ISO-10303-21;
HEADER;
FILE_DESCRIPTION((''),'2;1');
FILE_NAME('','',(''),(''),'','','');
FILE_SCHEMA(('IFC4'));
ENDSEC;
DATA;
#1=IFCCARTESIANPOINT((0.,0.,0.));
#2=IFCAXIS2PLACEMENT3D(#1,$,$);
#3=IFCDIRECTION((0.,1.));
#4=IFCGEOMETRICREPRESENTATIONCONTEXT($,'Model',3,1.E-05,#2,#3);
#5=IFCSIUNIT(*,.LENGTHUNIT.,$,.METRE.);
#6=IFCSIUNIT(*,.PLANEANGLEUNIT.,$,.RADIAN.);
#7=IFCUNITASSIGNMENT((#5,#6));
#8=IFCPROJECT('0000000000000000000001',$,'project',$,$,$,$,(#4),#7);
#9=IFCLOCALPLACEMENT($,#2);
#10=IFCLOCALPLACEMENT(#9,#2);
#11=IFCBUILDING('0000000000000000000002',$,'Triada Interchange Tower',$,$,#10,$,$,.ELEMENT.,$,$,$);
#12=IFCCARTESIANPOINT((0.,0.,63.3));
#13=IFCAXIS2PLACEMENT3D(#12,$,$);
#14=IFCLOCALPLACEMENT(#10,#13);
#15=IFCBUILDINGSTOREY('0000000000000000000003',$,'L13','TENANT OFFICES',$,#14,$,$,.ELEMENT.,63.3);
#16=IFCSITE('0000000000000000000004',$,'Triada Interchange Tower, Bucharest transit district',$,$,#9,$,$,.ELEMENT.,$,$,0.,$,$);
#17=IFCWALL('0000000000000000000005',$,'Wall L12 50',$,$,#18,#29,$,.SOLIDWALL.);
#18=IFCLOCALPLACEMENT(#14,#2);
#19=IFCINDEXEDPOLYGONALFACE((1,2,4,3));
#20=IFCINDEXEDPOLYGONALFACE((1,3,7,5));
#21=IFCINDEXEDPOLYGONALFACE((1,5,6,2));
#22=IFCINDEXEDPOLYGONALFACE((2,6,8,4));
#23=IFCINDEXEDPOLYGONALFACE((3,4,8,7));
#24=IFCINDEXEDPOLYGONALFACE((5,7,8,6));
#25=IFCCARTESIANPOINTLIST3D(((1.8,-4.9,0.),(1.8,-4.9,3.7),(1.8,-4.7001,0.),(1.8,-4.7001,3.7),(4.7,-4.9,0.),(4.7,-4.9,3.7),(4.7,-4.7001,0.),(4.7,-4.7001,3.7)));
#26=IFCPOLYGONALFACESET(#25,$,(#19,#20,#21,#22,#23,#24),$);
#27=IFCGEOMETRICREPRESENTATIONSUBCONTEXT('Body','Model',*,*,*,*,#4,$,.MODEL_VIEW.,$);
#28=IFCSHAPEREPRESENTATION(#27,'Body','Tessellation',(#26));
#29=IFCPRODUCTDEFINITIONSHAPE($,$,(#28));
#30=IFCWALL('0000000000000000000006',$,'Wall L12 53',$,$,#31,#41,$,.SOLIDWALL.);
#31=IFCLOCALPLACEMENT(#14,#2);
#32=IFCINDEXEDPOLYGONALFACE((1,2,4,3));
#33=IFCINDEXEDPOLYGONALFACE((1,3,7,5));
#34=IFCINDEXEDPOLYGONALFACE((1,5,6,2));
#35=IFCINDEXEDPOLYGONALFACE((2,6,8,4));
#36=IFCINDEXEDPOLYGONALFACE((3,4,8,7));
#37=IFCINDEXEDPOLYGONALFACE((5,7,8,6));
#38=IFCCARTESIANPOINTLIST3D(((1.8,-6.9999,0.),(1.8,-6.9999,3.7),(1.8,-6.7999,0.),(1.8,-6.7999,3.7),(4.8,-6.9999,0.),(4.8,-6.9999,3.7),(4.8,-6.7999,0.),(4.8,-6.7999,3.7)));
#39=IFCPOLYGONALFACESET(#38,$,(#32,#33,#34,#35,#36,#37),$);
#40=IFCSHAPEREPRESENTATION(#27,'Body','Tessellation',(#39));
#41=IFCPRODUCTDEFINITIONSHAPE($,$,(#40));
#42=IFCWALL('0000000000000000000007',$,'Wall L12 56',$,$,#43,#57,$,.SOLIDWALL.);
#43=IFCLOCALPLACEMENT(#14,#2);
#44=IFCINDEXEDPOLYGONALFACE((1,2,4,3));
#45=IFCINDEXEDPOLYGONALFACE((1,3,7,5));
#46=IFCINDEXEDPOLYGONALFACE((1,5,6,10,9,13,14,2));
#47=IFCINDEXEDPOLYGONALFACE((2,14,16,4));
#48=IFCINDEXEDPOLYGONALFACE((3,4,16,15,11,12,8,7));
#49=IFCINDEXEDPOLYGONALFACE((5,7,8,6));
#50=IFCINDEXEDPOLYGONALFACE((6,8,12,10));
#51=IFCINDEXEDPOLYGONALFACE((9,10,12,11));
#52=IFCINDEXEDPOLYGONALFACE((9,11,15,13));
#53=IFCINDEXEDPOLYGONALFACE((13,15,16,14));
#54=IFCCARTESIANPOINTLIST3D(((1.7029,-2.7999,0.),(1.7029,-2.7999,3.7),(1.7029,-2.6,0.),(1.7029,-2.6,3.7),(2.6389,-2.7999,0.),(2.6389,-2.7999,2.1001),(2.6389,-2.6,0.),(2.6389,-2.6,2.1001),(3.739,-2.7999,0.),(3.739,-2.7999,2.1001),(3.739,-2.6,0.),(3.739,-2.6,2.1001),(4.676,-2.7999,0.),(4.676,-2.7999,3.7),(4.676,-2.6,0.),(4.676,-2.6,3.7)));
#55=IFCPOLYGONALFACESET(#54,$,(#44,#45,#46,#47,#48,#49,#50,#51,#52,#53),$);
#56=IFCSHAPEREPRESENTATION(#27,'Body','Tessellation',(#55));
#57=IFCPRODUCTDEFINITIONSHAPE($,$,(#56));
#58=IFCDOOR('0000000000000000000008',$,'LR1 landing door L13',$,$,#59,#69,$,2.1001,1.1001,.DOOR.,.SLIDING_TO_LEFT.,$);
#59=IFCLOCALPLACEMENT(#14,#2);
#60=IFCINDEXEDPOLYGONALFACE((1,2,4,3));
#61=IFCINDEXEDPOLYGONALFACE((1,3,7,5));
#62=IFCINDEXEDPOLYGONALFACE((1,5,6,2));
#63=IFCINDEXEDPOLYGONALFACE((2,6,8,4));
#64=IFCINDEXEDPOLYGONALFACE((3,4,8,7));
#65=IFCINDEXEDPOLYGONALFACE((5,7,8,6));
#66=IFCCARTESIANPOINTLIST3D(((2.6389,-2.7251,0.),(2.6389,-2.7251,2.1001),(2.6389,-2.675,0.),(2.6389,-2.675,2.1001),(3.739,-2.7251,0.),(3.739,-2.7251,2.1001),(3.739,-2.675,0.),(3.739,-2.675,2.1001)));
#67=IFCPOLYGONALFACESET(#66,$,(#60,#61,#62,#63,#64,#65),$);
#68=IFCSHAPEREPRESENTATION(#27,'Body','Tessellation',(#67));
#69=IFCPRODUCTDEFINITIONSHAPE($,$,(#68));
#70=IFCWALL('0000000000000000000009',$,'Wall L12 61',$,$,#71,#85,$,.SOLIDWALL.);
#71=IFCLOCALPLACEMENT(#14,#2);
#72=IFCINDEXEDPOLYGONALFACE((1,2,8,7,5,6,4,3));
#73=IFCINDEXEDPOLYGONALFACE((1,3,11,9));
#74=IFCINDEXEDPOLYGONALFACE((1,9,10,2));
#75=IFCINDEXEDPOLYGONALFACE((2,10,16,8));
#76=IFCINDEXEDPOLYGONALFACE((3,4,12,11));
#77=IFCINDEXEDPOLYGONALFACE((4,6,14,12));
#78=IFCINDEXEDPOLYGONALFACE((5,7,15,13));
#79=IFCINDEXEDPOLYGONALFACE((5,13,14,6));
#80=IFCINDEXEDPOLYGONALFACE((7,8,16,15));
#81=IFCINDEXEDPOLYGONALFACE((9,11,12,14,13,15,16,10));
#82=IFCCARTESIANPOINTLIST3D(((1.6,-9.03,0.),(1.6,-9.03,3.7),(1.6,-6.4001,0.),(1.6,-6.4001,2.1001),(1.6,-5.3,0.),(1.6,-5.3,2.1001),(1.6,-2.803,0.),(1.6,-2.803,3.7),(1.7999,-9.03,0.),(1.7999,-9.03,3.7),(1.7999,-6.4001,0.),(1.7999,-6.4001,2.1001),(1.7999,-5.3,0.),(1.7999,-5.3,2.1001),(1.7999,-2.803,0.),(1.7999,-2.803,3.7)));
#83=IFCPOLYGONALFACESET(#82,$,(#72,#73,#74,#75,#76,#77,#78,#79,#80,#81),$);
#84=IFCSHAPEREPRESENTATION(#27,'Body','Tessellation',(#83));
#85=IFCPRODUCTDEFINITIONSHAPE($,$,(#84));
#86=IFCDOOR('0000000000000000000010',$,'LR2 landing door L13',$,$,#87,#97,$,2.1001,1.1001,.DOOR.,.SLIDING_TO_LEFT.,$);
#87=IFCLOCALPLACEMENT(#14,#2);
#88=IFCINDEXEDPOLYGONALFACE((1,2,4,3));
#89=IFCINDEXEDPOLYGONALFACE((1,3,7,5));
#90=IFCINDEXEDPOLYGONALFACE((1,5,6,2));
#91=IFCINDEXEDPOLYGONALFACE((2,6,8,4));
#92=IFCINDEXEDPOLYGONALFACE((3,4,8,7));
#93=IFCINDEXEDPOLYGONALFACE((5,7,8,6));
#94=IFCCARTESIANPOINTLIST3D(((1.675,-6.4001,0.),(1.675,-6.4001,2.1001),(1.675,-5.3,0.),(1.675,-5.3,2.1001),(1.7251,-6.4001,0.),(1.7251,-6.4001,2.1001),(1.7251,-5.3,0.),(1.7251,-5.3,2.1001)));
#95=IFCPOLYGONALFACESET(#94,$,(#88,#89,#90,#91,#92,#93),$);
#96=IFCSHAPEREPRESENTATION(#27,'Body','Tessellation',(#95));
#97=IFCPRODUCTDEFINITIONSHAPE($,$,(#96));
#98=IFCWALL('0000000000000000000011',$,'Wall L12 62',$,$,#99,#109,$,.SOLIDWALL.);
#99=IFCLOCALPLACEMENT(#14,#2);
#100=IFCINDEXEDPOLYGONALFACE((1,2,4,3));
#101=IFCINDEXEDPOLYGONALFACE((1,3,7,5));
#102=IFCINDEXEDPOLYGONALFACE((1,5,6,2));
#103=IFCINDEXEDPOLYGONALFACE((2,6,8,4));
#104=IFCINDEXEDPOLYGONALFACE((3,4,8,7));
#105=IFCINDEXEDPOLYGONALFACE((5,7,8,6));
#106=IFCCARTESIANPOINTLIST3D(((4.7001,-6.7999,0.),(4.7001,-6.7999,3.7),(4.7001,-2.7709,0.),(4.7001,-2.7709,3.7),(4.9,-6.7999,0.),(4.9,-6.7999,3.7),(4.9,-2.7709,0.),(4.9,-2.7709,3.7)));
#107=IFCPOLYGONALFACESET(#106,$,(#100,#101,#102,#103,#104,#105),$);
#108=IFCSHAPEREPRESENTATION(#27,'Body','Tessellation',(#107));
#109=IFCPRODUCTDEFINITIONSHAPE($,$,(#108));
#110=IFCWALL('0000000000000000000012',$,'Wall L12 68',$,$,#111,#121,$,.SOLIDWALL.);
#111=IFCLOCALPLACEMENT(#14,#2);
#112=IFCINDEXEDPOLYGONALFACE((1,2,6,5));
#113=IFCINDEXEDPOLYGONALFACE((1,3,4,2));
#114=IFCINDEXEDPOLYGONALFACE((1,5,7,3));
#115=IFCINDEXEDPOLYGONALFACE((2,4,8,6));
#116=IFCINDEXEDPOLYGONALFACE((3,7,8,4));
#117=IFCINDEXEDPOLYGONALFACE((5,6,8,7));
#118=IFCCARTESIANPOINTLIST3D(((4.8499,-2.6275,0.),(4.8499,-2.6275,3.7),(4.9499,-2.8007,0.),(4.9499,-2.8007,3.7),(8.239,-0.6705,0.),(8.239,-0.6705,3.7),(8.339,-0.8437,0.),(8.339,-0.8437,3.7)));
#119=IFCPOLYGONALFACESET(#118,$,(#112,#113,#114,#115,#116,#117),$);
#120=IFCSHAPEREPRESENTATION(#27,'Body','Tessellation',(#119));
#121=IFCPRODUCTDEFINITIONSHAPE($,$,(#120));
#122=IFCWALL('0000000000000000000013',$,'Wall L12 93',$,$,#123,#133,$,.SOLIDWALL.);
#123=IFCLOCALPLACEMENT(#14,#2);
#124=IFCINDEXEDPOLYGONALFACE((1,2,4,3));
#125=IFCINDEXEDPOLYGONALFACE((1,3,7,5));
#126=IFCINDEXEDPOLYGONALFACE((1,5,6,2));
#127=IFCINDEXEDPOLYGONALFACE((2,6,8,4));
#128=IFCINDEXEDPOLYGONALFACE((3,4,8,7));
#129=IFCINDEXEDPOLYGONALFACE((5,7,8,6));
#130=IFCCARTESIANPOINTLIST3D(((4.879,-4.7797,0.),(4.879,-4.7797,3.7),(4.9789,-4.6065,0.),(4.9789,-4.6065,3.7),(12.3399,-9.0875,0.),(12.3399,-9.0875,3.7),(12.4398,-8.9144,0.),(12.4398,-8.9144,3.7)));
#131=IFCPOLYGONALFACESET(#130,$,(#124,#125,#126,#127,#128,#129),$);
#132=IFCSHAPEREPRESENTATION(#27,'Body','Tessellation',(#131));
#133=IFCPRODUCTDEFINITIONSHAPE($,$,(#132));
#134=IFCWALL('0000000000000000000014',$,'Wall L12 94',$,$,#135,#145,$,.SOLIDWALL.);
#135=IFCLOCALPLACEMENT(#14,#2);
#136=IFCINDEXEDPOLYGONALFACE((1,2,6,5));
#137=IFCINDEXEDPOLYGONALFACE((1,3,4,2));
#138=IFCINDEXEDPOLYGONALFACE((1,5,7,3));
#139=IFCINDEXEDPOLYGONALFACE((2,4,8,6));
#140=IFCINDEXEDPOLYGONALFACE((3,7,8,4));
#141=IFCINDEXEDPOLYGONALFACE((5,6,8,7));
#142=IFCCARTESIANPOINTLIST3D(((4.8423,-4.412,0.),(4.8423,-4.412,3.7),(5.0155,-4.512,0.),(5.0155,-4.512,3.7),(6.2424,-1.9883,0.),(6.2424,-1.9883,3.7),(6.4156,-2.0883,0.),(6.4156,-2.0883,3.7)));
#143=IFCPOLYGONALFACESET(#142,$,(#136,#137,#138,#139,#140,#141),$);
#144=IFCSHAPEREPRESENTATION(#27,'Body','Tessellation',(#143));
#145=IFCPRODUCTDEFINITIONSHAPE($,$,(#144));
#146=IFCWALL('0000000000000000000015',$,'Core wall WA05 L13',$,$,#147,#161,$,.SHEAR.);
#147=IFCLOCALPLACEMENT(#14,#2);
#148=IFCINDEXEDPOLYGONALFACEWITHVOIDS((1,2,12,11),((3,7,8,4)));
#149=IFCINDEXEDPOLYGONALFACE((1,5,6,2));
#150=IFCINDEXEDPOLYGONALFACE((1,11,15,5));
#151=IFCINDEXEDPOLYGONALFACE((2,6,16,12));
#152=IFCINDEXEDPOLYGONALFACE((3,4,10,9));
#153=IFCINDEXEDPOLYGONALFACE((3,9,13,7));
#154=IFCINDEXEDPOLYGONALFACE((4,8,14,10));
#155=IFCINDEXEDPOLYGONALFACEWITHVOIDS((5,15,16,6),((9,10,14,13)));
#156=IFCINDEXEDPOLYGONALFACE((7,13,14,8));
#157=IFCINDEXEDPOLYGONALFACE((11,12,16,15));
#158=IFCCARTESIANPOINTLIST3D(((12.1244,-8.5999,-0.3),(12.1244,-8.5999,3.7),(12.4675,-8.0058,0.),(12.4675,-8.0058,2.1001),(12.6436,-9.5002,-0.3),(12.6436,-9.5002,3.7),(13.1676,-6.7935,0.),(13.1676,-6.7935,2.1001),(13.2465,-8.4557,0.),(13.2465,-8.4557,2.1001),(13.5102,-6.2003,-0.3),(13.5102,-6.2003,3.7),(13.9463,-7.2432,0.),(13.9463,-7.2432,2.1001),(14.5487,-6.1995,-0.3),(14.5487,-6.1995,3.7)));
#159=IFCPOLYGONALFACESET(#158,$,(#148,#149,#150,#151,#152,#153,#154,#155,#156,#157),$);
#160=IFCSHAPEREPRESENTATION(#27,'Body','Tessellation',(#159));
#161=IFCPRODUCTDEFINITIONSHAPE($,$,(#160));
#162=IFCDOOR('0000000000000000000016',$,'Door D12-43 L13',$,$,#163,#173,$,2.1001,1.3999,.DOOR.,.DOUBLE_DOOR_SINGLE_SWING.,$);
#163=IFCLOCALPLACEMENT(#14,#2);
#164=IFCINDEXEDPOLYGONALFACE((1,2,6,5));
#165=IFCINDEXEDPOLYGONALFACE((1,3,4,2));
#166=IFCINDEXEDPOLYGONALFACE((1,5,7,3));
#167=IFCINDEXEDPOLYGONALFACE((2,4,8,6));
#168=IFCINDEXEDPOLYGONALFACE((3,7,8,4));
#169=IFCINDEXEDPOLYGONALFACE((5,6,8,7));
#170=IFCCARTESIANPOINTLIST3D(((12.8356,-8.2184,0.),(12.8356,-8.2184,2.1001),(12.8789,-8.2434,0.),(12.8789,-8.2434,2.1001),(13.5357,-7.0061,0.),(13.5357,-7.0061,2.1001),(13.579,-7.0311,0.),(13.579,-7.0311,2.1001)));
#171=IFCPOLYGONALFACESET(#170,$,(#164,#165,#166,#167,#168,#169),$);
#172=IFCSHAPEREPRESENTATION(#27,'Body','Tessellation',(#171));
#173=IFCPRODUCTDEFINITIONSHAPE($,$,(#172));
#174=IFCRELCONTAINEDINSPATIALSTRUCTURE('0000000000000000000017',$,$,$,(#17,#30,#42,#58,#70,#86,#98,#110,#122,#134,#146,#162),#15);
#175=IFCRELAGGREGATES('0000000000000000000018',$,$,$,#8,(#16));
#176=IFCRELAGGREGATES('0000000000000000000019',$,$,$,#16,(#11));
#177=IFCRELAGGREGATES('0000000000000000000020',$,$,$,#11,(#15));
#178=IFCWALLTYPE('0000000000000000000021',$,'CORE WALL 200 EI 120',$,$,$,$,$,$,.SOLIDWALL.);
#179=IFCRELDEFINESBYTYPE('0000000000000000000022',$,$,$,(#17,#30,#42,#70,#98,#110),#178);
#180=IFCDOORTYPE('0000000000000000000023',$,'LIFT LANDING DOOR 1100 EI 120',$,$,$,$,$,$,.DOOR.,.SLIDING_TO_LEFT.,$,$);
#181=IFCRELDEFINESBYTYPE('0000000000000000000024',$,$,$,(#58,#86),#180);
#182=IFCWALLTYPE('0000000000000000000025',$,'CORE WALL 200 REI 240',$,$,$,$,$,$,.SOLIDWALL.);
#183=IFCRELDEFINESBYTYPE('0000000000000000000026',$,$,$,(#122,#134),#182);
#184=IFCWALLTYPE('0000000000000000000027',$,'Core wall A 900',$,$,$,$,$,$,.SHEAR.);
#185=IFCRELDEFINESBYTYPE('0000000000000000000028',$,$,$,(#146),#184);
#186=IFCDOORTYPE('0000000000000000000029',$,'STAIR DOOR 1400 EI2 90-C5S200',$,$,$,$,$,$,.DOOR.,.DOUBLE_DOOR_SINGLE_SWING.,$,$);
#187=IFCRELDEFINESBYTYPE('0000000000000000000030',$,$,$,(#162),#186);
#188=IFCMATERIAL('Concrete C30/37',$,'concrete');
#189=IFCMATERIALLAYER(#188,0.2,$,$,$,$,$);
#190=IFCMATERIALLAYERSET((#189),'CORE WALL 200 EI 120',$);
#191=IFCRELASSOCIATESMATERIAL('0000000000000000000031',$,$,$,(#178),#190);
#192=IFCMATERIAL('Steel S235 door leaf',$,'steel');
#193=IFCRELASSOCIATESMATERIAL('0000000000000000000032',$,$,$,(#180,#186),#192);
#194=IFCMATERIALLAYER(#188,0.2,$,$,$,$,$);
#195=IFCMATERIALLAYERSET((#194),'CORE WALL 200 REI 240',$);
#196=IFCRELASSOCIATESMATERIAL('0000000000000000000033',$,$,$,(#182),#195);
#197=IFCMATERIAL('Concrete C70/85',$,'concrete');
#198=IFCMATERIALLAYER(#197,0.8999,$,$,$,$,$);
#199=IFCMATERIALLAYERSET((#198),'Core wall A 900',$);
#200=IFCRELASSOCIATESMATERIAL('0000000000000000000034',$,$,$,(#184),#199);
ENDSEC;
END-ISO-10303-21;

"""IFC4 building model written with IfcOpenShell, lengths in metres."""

from ifc_helpers import new_model, si_unit, direction, frame, frame_2d, origin, place, context, subcontext, project, spatial, polyline, rectangle, outline, extrude, material, layer, layer_set, type_object, element, fill, save


model = new_model("IFC4")

# Units and contexts
model_context = context("Model", 3, precision=1e-05, world=origin(), true_north=direction((0.0, 1.0)))
body_context = subcontext(model_context, "Body", "Model", "MODEL_VIEW")
ifc_project = project(units=[si_unit("LENGTHUNIT", "METRE"), si_unit("PLANEANGLEUNIT", "RADIAN")], contexts=[model_context])

# Site, building, storey
site_placement = place(None, origin())
site = spatial("IfcSite", under=ifc_project, at=site_placement, Name="Triada Interchange Tower, Bucharest transit district", CompositionType="ELEMENT", RefElevation=0.0)
building_placement = place(site_placement, origin())
building = spatial("IfcBuilding", under=site, at=building_placement, Name="Triada Interchange Tower", CompositionType="ELEMENT")
storey_placement = place(building_placement, frame((0.0, 0.0, 63.3)))
storey = spatial("IfcBuildingStorey", under=building, at=storey_placement, Name="L13", Description="TENANT OFFICES", CompositionType="ELEMENT", Elevation=63.3)

# Walls
ifc_material_1 = material(Name="Concrete C30/37", Category="concrete")
ifc_layer_1 = layer(ifc_material_1, 0.2)
ifc_layer_set_1 = layer_set([ifc_layer_1], Name="CORE WALL 200 EI 120")
wall_type_1 = type_object("IfcWallType", Name="CORE WALL 200 EI 120", PredefinedType="SOLIDWALL", material=ifc_layer_set_1)
wall_1_placement = place(storey_placement, frame((1.8, -4.8, 0.0), z_axis=(0.0, 0.0, 1.0), x_axis=(1.0, 0.0, 0.0)))
element("IfcWall", 1, at=wall_1_placement, inside=storey, type_object=wall_type_1, Name="Wall L12 50", PredefinedType="SOLIDWALL", context=body_context, shape_type="SweptSolid", body=[
    extrude(rectangle(XDim=2.8999, YDim=0.2, at=frame_2d((1.45, 0.0))), origin(), (0.0, 0.0, 1.0), 3.7),
])
wall_2_placement = place(storey_placement, frame((1.8, -6.8999, 0.0), z_axis=(0.0, 0.0, 1.0), x_axis=(1.0, 0.0, 0.0)))
element("IfcWall", 2, at=wall_2_placement, inside=storey, type_object=wall_type_1, Name="Wall L12 53", PredefinedType="SOLIDWALL", context=body_context, shape_type="SweptSolid", body=[
    extrude(rectangle(XDim=3.0, YDim=0.2, at=frame_2d((1.5, 0.0))), origin(), (0.0, 0.0, 1.0), 3.7),
])

# Walls, openings, doors
wall_3_placement = place(storey_placement, frame((1.7029, -2.7, 0.0), z_axis=(0.0, 0.0, 1.0), x_axis=(1.0, 0.0, 0.0)))
wall_3 = element("IfcWall", 3, at=wall_3_placement, inside=storey, type_object=wall_type_1, Name="Wall L12 56", PredefinedType="SOLIDWALL", context=body_context, shape_type="SweptSolid", body=[
    extrude(rectangle(XDim=2.9731, YDim=0.2, at=frame_2d((1.4866, 0.0))), origin(), (0.0, 0.0, 1.0), 3.7),
])
opening_1_placement = place(wall_3_placement, frame((0.936, 0.0, 0.0)))
opening_1 = element("IfcOpeningElement", 4, at=opening_1_placement, cuts=wall_3, PredefinedType="OPENING", context=body_context, shape_type="SweptSolid", body=[
    extrude(rectangle(XDim=1.1001, YDim=2.1001, at=frame_2d((0.55, 1.05))), frame((0.0, 0.1099, 0.0), z_axis=(0.0, -1.0, 0.0), x_axis=(1.0, 0.0, 0.0)), (0.0, 0.0, 1.0), 0.22),
])
ifc_material_2 = material(Name="Steel S235 door leaf", Category="steel")
door_type_1 = type_object("IfcDoorType", Name="LIFT LANDING DOOR 1100 EI 120", OperationType="SLIDING_TO_LEFT", PredefinedType="DOOR", material=ifc_material_2)
door_1_placement = place(opening_1_placement, origin())
door_1 = element("IfcDoor", 5, at=door_1_placement, inside=storey, type_object=door_type_1, Name="LR1 landing door L13", OperationType="SLIDING_TO_LEFT", OverallHeight=2.1001, OverallWidth=1.1001, PredefinedType="DOOR", context=body_context, shape_type="SweptSolid", body=[
    extrude(rectangle(XDim=1.1001, YDim=2.1001, at=frame_2d((0.55, 1.05))), frame((0.0, 0.0249, 0.0), z_axis=(0.0, -1.0, 0.0), x_axis=(1.0, 0.0, 0.0)), (0.0, 0.0, 1.0), 0.05),
])
fill(opening_1, door_1)
wall_4_placement = place(storey_placement, frame((1.7, -9.03, 0.0), z_axis=(0.0, 0.0, 1.0), x_axis=(0.0, 1.0, 0.0)))
wall_4 = element("IfcWall", 6, at=wall_4_placement, inside=storey, type_object=wall_type_1, Name="Wall L12 61", PredefinedType="SOLIDWALL", context=body_context, shape_type="SweptSolid", body=[
    extrude(rectangle(XDim=6.2271, YDim=0.2, at=frame_2d((3.1135, 0.0))), origin(), (0.0, 0.0, 1.0), 3.7),
])
opening_2_placement = place(wall_4_placement, frame((2.6299, 0.0, 0.0)))
opening_2 = element("IfcOpeningElement", 7, at=opening_2_placement, cuts=wall_4, PredefinedType="OPENING", context=body_context, shape_type="SweptSolid", body=[
    extrude(rectangle(XDim=1.1001, YDim=2.1001, at=frame_2d((0.55, 1.05))), frame((0.0, 0.1099, 0.0), z_axis=(0.0, -1.0, 0.0), x_axis=(1.0, 0.0, 0.0)), (0.0, 0.0, 1.0), 0.22),
])
door_2_placement = place(opening_2_placement, origin())
door_2 = element("IfcDoor", 8, at=door_2_placement, inside=storey, type_object=door_type_1, Name="LR2 landing door L13", OperationType="SLIDING_TO_LEFT", OverallHeight=2.1001, OverallWidth=1.1001, PredefinedType="DOOR", context=body_context, shape_type="SweptSolid", body=[
    extrude(rectangle(XDim=1.1001, YDim=2.1001, at=frame_2d((0.55, 1.05))), frame((0.0, 0.0249, 0.0), z_axis=(0.0, -1.0, 0.0), x_axis=(1.0, 0.0, 0.0)), (0.0, 0.0, 1.0), 0.05),
])
fill(opening_2, door_2)

# Walls
wall_5_placement = place(storey_placement, frame((4.8, -6.8, 0.0), z_axis=(0.0, 0.0, 1.0), x_axis=(0.0, 1.0, 0.0)))
element("IfcWall", 9, at=wall_5_placement, inside=storey, type_object=wall_type_1, Name="Wall L12 62", PredefinedType="SOLIDWALL", context=body_context, shape_type="SweptSolid", body=[
    extrude(rectangle(XDim=4.0291, YDim=0.2, at=frame_2d((2.0146, 0.0))), origin(), (0.0, 0.0, 1.0), 3.7),
])
wall_6_placement = place(storey_placement, frame((4.8999, -2.7141, 0.0), z_axis=(0.0, 0.0, 1.0), x_axis=(0.865992, 0.500057, 0.0)))
element("IfcWall", 10, at=wall_6_placement, inside=storey, type_object=wall_type_1, Name="Wall L12 68", PredefinedType="SOLIDWALL", context=body_context, shape_type="SweptSolid", body=[
    extrude(rectangle(XDim=3.9136, YDim=0.2, at=frame_2d((1.9568, 0.0))), origin(), (0.0, 0.0, 1.0), 3.7),
])
ifc_layer_2 = layer(ifc_material_1, 0.2)
ifc_layer_set_2 = layer_set([ifc_layer_2], Name="CORE WALL 200 REI 240")
wall_type_2 = type_object("IfcWallType", Name="CORE WALL 200 REI 240", PredefinedType="SOLIDWALL", material=ifc_layer_set_2)
wall_7_placement = place(storey_placement, frame((4.929, -4.6931, 0.0), z_axis=(0.0, 0.0, 1.0), x_axis=(0.866011, -0.500025, 0.0)))
element("IfcWall", 11, at=wall_7_placement, inside=storey, type_object=wall_type_2, Name="Wall L12 93", PredefinedType="SOLIDWALL", context=body_context, shape_type="SweptSolid", body=[
    extrude(rectangle(XDim=8.6152, YDim=0.2, at=frame_2d((4.3076, 0.0))), origin(), (0.0, 0.0, 1.0), 3.7),
])
wall_8_placement = place(storey_placement, frame((4.929, -4.4619, 0.0), z_axis=(0.0, 0.0, 1.0), x_axis=(0.500201, 0.86591, 0.0)))
element("IfcWall", 12, at=wall_8_placement, inside=storey, type_object=wall_type_2, Name="Wall L12 94", PredefinedType="SOLIDWALL", context=body_context, shape_type="SweptSolid", body=[
    extrude(rectangle(XDim=2.7991, YDim=0.2, at=frame_2d((1.3994, 0.0))), origin(), (0.0, 0.0, 1.0), 3.7),
])

# Wall, opening, door
ifc_material_3 = material(Name="Concrete C70/85", Category="concrete")
ifc_layer_3 = layer(ifc_material_3, 0.8999)
ifc_layer_set_3 = layer_set([ifc_layer_3], Name="Core wall A 900")
wall_type_3 = type_object("IfcWallType", Name="Core wall A 900", PredefinedType="SHEAR", material=ifc_layer_set_3)
wall_9_placement = place(storey_placement, frame((12.384, -9.05, -0.3), z_axis=(0.0, 0.0, 1.0), x_axis=(0.500112, 0.865961, 0.0)))
wall_9 = element("IfcWall", 13, at=wall_9_placement, inside=storey, type_object=wall_type_3, Name="Core wall WA05 L13", PredefinedType="SHEAR", context=body_context, shape_type="SweptSolid", body=[
    extrude(outline(polyline([(-0.26, -0.45), (1.6455, -0.4495), (3.551, -0.449), (3.031, 0.45), (1.6455, 0.45), (0.26, 0.45), (-0.26, -0.45)])), origin(), (0.0, 0.0, 1.0), 4.0),
])
opening_3_placement = place(wall_9_placement, frame((0.946, 0.0, 0.3)))
opening_3 = element("IfcOpeningElement", 14, at=opening_3_placement, cuts=wall_9, PredefinedType="OPENING", context=body_context, shape_type="SweptSolid", body=[
    extrude(rectangle(XDim=1.3999, YDim=2.1001, at=frame_2d((0.7, 1.05))), frame((0.0, 0.46, 0.0), z_axis=(0.0, -1.0, 0.0), x_axis=(1.0, 0.0, 0.0)), (0.0, 0.0, 1.0), 0.9199),
])
door_type_2 = type_object("IfcDoorType", Name="STAIR DOOR 1400 EI2 90-C5S200", OperationType="DOUBLE_DOOR_SINGLE_SWING", PredefinedType="DOOR", material=ifc_material_2)
door_3_placement = place(opening_3_placement, origin())
door_3 = element("IfcDoor", 15, at=door_3_placement, inside=storey, type_object=door_type_2, Name="Door D12-43 L13", OperationType="DOUBLE_DOOR_SINGLE_SWING", OverallHeight=2.1001, OverallWidth=1.3999, PredefinedType="DOOR", context=body_context, shape_type="SweptSolid", body=[
    extrude(rectangle(XDim=1.3999, YDim=2.1001, at=frame_2d((0.7, 1.05))), frame((0.0, 0.0249, 0.0), z_axis=(0.0, -1.0, 0.0), x_axis=(1.0, 0.0, 0.0)), (0.0, 0.0, 1.0), 0.05),
])
fill(opening_3, door_3)

save(model, "model.ifc")
